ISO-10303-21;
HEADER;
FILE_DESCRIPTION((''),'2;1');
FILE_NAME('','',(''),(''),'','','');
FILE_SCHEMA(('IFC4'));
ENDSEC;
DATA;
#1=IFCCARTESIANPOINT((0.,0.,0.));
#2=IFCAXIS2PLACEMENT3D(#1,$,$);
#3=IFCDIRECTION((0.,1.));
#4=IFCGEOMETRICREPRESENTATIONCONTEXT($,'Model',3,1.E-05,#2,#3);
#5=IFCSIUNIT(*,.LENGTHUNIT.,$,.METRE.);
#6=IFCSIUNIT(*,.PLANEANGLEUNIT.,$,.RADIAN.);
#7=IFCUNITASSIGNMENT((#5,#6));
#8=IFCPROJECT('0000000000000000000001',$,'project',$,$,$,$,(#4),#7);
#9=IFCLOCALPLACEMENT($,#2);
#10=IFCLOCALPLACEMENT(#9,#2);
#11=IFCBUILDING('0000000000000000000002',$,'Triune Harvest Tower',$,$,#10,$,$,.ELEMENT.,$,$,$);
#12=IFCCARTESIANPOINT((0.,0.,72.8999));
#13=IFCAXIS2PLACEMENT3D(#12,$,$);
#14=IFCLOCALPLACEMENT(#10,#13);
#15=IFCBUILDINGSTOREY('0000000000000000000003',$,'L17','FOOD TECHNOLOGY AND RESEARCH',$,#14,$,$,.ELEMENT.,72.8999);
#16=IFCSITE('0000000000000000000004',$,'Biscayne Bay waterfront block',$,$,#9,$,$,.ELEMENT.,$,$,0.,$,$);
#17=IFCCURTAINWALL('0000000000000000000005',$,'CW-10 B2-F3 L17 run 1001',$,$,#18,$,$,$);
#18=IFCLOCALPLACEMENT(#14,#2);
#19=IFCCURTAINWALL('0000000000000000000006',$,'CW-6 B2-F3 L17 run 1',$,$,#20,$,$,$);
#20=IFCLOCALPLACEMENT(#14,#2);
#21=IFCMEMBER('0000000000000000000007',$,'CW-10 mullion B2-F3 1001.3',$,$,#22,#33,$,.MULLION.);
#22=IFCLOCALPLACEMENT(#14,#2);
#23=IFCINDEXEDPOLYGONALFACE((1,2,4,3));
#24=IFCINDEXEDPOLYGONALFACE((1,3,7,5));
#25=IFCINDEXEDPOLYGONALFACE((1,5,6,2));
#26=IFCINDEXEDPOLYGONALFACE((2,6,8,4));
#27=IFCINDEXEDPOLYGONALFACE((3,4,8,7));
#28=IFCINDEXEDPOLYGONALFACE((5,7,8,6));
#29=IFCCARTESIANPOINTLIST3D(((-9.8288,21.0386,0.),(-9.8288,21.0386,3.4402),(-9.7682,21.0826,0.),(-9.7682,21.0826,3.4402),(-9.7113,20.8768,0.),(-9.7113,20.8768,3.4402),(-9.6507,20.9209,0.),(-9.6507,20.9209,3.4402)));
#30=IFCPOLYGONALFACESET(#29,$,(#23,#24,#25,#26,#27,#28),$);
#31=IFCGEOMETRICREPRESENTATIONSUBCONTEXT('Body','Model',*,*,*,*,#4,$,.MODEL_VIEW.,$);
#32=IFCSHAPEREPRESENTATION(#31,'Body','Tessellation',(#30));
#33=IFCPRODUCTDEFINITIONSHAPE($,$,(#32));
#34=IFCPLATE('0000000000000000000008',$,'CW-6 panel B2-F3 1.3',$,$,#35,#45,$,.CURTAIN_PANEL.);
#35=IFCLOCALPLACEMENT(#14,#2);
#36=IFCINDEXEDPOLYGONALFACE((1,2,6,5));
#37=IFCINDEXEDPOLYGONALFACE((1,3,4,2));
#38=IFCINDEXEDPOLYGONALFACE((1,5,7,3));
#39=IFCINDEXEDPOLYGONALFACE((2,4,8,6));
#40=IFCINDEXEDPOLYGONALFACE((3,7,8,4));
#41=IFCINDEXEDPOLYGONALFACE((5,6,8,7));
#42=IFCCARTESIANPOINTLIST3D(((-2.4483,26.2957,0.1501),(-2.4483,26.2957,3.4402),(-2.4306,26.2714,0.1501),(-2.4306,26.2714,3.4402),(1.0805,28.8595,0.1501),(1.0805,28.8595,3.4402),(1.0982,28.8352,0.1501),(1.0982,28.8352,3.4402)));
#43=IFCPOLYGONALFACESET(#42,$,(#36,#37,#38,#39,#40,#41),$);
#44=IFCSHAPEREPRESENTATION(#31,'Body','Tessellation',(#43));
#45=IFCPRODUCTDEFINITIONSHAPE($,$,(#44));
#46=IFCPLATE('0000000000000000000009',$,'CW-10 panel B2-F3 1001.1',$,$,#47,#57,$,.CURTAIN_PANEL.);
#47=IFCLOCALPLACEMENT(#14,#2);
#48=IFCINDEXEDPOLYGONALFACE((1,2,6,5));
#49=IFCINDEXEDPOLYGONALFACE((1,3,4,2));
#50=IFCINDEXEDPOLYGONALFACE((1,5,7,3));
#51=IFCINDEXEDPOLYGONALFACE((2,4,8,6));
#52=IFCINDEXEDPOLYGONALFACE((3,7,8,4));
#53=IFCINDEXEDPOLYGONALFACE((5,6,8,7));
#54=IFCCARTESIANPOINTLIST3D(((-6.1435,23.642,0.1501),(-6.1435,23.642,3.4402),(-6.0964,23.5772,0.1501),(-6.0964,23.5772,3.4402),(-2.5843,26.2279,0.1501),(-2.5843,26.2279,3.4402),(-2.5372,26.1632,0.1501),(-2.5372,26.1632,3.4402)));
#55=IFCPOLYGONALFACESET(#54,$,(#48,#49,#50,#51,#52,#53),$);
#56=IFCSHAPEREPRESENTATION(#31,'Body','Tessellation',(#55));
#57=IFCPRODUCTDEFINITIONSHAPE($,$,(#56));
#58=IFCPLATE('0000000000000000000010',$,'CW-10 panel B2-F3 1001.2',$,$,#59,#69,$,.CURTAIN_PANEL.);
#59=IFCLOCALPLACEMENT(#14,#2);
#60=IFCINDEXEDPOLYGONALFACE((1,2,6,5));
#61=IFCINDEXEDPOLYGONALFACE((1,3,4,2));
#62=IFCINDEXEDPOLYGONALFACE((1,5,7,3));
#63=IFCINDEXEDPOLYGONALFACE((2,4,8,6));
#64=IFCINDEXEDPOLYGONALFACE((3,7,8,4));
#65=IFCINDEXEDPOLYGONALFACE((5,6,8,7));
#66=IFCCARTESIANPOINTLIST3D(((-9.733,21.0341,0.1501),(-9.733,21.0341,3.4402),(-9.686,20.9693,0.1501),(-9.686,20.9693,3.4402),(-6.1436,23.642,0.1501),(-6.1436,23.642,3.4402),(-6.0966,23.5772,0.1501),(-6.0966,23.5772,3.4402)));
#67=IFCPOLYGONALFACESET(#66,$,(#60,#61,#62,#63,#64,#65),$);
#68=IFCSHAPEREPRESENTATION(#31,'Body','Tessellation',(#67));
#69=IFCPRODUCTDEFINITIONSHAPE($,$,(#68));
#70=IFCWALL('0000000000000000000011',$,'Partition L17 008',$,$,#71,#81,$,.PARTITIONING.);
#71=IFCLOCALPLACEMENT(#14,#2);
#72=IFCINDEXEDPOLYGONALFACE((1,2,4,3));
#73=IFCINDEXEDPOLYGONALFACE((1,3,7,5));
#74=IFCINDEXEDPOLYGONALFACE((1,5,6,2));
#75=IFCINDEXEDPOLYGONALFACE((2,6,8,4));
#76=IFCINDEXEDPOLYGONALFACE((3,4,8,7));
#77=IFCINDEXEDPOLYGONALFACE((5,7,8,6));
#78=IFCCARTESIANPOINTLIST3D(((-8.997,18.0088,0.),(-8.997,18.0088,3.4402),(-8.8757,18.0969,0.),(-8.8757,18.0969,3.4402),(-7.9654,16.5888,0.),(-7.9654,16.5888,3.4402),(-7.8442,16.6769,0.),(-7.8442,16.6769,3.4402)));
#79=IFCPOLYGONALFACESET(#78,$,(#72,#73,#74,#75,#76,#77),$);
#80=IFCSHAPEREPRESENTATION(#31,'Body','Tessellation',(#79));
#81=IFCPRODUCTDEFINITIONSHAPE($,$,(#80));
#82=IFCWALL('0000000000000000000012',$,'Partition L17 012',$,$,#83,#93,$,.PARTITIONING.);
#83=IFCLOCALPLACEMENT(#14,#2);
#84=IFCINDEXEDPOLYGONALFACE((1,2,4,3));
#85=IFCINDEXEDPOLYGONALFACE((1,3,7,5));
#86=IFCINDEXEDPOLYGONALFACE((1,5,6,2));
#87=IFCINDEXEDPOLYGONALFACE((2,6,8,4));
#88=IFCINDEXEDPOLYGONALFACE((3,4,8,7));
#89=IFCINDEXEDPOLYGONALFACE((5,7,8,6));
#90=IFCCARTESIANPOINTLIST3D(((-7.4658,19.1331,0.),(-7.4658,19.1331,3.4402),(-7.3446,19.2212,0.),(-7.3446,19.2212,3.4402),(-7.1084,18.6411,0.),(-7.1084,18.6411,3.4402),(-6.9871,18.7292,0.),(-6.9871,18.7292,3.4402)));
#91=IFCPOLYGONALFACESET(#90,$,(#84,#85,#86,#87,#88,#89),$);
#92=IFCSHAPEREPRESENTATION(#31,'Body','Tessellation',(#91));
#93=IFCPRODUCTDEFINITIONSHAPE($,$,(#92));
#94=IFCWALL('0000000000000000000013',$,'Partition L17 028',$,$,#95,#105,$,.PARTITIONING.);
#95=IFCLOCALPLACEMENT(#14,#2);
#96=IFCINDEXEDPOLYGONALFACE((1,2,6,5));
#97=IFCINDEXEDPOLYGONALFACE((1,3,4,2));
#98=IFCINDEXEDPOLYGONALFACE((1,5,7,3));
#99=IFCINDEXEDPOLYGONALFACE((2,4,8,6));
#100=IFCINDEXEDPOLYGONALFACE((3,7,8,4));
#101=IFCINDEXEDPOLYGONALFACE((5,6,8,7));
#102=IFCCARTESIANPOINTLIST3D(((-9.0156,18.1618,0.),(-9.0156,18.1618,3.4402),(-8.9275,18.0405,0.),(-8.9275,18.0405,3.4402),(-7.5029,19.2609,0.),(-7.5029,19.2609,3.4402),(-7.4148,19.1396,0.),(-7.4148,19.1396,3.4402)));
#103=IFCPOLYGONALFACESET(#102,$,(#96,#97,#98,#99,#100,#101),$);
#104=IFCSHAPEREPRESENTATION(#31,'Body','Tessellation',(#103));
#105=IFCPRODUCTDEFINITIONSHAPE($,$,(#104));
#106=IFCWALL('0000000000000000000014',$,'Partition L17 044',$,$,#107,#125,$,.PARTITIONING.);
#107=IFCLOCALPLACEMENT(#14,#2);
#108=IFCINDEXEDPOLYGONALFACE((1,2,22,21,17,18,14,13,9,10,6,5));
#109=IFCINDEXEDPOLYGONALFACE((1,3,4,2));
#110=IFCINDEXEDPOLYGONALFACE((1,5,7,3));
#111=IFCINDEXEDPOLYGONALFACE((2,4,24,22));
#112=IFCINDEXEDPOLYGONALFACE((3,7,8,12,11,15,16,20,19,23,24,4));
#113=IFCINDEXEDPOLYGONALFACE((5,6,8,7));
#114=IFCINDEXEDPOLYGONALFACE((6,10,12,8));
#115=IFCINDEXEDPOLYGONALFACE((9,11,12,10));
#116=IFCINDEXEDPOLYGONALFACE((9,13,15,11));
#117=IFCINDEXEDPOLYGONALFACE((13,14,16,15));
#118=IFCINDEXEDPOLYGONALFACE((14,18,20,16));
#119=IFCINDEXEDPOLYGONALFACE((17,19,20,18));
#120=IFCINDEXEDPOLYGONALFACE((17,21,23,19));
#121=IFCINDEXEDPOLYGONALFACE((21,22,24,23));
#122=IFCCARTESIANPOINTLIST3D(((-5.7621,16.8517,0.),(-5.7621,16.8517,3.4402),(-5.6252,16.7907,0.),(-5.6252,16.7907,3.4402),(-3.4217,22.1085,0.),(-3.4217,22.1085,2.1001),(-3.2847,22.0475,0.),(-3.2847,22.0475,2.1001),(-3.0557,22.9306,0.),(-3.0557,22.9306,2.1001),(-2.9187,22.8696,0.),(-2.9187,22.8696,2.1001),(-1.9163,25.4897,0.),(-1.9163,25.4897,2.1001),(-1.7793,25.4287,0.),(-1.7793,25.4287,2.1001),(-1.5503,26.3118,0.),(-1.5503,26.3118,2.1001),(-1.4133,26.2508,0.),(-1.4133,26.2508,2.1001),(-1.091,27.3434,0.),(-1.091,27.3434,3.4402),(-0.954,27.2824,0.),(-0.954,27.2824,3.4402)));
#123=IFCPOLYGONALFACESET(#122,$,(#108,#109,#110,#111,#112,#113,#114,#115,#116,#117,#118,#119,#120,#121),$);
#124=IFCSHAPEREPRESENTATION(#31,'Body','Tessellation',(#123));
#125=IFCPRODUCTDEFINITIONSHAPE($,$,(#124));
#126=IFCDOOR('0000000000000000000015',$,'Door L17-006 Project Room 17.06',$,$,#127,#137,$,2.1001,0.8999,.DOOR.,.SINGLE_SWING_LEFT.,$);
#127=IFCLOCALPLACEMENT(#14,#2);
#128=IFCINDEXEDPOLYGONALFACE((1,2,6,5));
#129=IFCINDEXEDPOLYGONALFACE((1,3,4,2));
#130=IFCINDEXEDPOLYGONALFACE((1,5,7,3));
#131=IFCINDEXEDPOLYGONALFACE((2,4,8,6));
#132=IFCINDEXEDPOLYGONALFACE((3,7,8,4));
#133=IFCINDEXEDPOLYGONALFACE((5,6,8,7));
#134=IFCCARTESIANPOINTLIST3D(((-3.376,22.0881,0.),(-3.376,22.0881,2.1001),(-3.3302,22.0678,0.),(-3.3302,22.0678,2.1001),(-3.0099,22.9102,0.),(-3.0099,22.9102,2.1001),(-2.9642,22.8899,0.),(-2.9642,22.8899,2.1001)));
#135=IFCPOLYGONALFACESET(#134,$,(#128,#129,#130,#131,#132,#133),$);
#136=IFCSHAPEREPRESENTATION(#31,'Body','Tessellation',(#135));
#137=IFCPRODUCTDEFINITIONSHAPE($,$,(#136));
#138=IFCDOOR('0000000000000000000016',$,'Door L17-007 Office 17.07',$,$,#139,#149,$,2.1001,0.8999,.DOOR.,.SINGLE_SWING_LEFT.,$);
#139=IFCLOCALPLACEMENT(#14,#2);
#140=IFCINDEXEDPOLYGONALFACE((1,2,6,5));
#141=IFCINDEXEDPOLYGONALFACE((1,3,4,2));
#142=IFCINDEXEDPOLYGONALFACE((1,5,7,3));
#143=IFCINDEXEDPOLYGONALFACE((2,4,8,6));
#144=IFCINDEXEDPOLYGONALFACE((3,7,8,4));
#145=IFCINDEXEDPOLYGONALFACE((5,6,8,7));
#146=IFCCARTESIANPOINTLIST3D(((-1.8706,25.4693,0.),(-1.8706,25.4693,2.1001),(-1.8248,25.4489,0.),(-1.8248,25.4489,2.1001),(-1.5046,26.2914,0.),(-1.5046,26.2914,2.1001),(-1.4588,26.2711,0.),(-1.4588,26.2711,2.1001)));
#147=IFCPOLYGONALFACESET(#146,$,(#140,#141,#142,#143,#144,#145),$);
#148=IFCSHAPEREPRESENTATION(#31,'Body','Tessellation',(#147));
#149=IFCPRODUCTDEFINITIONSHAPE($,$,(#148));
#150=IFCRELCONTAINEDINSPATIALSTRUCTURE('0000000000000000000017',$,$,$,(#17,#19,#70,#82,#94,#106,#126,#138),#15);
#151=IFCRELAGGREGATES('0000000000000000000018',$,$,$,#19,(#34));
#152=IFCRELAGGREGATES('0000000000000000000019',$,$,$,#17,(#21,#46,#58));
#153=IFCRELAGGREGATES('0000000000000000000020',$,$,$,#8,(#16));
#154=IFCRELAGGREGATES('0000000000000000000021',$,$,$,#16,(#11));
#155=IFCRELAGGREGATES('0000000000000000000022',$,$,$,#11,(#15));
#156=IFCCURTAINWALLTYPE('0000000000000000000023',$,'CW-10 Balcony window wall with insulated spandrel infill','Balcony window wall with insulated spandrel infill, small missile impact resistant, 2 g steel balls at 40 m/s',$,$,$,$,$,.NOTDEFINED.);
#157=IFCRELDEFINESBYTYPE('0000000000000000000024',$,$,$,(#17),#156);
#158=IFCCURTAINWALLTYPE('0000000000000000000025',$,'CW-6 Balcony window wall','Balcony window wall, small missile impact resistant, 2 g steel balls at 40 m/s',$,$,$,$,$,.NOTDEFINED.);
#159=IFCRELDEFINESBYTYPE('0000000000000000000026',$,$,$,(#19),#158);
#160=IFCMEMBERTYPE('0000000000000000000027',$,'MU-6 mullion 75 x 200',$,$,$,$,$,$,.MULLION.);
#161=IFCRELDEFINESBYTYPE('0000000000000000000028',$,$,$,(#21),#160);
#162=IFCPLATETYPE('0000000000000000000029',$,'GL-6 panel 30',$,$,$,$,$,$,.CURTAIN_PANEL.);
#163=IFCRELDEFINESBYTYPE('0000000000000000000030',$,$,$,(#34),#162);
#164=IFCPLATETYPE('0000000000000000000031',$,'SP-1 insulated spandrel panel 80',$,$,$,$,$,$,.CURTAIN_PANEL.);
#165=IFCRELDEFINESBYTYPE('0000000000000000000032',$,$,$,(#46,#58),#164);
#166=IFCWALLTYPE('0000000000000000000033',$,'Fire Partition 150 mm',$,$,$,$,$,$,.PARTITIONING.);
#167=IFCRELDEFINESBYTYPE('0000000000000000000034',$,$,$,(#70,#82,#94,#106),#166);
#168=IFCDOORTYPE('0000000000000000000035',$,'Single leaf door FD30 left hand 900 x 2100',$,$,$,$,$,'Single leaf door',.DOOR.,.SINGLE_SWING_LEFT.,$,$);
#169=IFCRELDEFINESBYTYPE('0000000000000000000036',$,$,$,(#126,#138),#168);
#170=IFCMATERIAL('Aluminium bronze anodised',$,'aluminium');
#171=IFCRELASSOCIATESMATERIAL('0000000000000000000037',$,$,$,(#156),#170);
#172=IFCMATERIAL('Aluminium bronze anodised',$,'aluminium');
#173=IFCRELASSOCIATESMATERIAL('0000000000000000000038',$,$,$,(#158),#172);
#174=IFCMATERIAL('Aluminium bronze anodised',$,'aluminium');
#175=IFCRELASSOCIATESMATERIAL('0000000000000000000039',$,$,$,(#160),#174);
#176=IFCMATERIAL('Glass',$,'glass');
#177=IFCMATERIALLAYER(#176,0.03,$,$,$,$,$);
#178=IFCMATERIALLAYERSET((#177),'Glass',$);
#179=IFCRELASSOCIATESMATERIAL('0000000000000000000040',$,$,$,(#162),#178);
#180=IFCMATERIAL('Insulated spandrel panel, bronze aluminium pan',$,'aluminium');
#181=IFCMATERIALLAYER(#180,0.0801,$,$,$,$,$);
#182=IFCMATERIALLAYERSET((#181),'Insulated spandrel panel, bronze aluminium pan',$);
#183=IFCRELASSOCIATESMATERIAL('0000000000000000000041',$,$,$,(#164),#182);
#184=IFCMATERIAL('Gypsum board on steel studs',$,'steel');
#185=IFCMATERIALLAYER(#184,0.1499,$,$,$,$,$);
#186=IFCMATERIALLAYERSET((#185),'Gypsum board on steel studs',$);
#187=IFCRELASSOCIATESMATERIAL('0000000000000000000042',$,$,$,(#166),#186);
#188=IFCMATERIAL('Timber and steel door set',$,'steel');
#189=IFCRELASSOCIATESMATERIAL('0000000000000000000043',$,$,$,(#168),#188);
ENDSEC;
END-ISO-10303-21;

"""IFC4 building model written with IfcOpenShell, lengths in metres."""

from ifc_helpers import new_model, si_unit, direction, frame, frame_2d, origin, origin_2d, place, context, subcontext, project, spatial, rectangle, extrude, source, transform, mapped, material, layer, layer_set, material_profile, profile_set, type_object, element, fill, aggregate, save


model = new_model("IFC4")

# Units and contexts
model_context = context("Model", 3, precision=1e-05, world=origin(), true_north=direction((0.0, 1.0)))
body_context = subcontext(model_context, "Body", "Model", "MODEL_VIEW")
ifc_project = project(units=[si_unit("LENGTHUNIT", "METRE"), si_unit("PLANEANGLEUNIT", "RADIAN")], contexts=[model_context])

# Site, building, storey
site_placement = place(None, origin())
site = spatial("IfcSite", under=ifc_project, at=site_placement, Name="Biscayne Bay waterfront block", CompositionType="ELEMENT", RefElevation=0.0)
building_placement = place(site_placement, origin())
building = spatial("IfcBuilding", under=site, at=building_placement, Name="Triune Harvest Tower", CompositionType="ELEMENT")
storey_placement = place(building_placement, frame((0.0, 0.0, 72.8999)))
storey = spatial("IfcBuildingStorey", under=building, at=storey_placement, Name="L17", Description="FOOD TECHNOLOGY AND RESEARCH", CompositionType="ELEMENT", Elevation=72.8999)

# Curtain wall
ifc_material_1 = material(Name="Aluminium bronze anodised", Category="aluminium")
curtain_wall_type_1 = type_object("IfcCurtainWallType", Name="CW-10 Balcony window wall with insulated spandrel infill", Description="Balcony window wall with insulated spandrel infill, small missile impact resistant, 2 g steel balls at 40 m/s", PredefinedType="NOTDEFINED", material=ifc_material_1)
curtain_wall_1_placement = place(storey_placement, origin())
curtain_wall_1 = element("IfcCurtainWall", 1, at=curtain_wall_1_placement, inside=storey, type_object=curtain_wall_type_1, Name="CW-10 B2-F3 L17 run 1001")

# Curtain wall
ifc_material_2 = material(Name="Aluminium bronze anodised", Category="aluminium")
curtain_wall_type_2 = type_object("IfcCurtainWallType", Name="CW-6 Balcony window wall", Description="Balcony window wall, small missile impact resistant, 2 g steel balls at 40 m/s", PredefinedType="NOTDEFINED", material=ifc_material_2)
curtain_wall_2_placement = place(storey_placement, origin())
curtain_wall_2 = element("IfcCurtainWall", 2, at=curtain_wall_2_placement, inside=storey, type_object=curtain_wall_type_2, Name="CW-6 B2-F3 L17 run 1")
ifc_material_3 = material(Name="Aluminium bronze anodised", Category="aluminium")
ifc_material_profile_1 = material_profile(ifc_material_3, rectangle(XDim=0.2, YDim=0.075, at=origin_2d()), Name="MU-6 mullion 75 x 200")
ifc_profile_set_1 = profile_set([ifc_material_profile_1], Name="Aluminium bronze anodised")
member_type_1 = type_object("IfcMemberType", Name="MU-6 mullion 75 x 200", PredefinedType="MULLION", material=ifc_profile_set_1)
shared_shape_1 = source(origin(), body_context, "Body", "SweptSolid", [
    extrude(rectangle(XDim=0.2, YDim=0.075, at=origin_2d()), origin(), (0.0, 0.0, 1.0), 3.4402),
])

# Member
member_1_placement = place(storey_placement, frame((-9.7397, 20.9797, 0.0), z_axis=(0.0, 0.0, 1.0), x_axis=(0.587785, -0.809017, 0.0)))
member_1 = element("IfcMember", 3, at=member_1_placement, type_object=member_type_1, Name="CW-10 mullion B2-F3 1001.3", PredefinedType="MULLION", context=body_context, shape_type="MappedRepresentation", body=[
    mapped(shared_shape_1, transform((0.0, 0.0, 0.0), scale=1.0)),
])

# Plates
ifc_material_4 = material(Name="Glass", Category="glass")
ifc_layer_1 = layer(ifc_material_4, 0.03)
ifc_layer_set_1 = layer_set([ifc_layer_1], Name="Glass")
plate_type_1 = type_object("IfcPlateType", Name="GL-6 panel 30", PredefinedType="CURTAIN_PANEL", material=ifc_layer_set_1)
plate_1_placement = place(storey_placement, frame((-0.675, 27.5654, 0.1501), z_axis=(0.0, 0.0, 1.0), x_axis=(-0.809017, -0.587785, 0.0)))
plate_1 = element("IfcPlate", 4, at=plate_1_placement, type_object=plate_type_1, Name="CW-6 panel B2-F3 1.3", PredefinedType="CURTAIN_PANEL", context=body_context, shape_type="SweptSolid", body=[
    extrude(rectangle(XDim=4.3618, YDim=0.03, at=origin_2d()), origin(), (0.0, 0.0, 1.0), 3.29),
])
aggregate(curtain_wall_2, [plate_1])
ifc_material_5 = material(Name="Insulated spandrel panel, bronze aluminium pan", Category="aluminium")
ifc_layer_2 = layer(ifc_material_5, 0.0801)
ifc_layer_set_2 = layer_set([ifc_layer_2], Name="Insulated spandrel panel, bronze aluminium pan")
plate_type_2 = type_object("IfcPlateType", Name="SP-1 insulated spandrel panel 80", PredefinedType="CURTAIN_PANEL", material=ifc_layer_set_2)
shared_shape_2 = source(origin(), body_context, "Body", "SweptSolid", [
    extrude(rectangle(XDim=4.3994, YDim=0.0801, at=origin_2d()), origin(), (0.0, 0.0, 1.0), 3.29),
])
plate_2_placement = place(storey_placement, frame((-4.3403, 24.9026, 0.1501), z_axis=(0.0, 0.0, 1.0), x_axis=(-0.809017, -0.587785, 0.0)))
plate_2 = element("IfcPlate", 5, at=plate_2_placement, type_object=plate_type_2, Name="CW-10 panel B2-F3 1001.1", PredefinedType="CURTAIN_PANEL", context=body_context, shape_type="MappedRepresentation", body=[
    mapped(shared_shape_2, transform((0.0, 0.0, 0.0), scale=1.0)),
])
shared_shape_3 = source(origin(), body_context, "Body", "SweptSolid", [
    extrude(rectangle(XDim=4.4368, YDim=0.0801, at=origin_2d()), origin(), (0.0, 0.0, 1.0), 3.29),
])
plate_3_placement = place(storey_placement, frame((-7.9148, 22.3057, 0.1501), z_axis=(0.0, 0.0, 1.0), x_axis=(-0.809017, -0.587785, 0.0)))
plate_3 = element("IfcPlate", 6, at=plate_3_placement, type_object=plate_type_2, Name="CW-10 panel B2-F3 1001.2", PredefinedType="CURTAIN_PANEL", context=body_context, shape_type="MappedRepresentation", body=[
    mapped(shared_shape_3, transform((0.0, 0.0, 0.0), scale=1.0)),
])
aggregate(curtain_wall_1, [member_1, plate_2, plate_3])

# Walls
ifc_material_6 = material(Name="Gypsum board on steel studs", Category="steel")
ifc_layer_3 = layer(ifc_material_6, 0.1499)
ifc_layer_set_3 = layer_set([ifc_layer_3], Name="Gypsum board on steel studs")
wall_type_1 = type_object("IfcWallType", Name="Fire Partition 150 mm", PredefinedType="PARTITIONING", material=ifc_layer_set_3)
wall_1_placement = place(storey_placement, frame((-8.9363, 18.0527, 0.0), z_axis=(0.0, 0.0, 1.0), x_axis=(0.587733, -0.809055, 0.0)))
element("IfcWall", 7, at=wall_1_placement, inside=storey, type_object=wall_type_1, Name="Partition L17 008", PredefinedType="PARTITIONING", context=body_context, shape_type="SweptSolid", body=[
    extrude(rectangle(XDim=1.7551, YDim=0.1499, at=frame_2d((0.8774, 0.0))), origin(), (0.0, 0.0, 1.0), 3.4402),
])
wall_2_placement = place(storey_placement, frame((-7.4053, 19.1772, 0.0), z_axis=(0.0, 0.0, 1.0), x_axis=(0.58779, -0.809014, 0.0)))
element("IfcWall", 8, at=wall_2_placement, inside=storey, type_object=wall_type_1, Name="Partition L17 012", PredefinedType="PARTITIONING", context=body_context, shape_type="SweptSolid", body=[
    extrude(rectangle(XDim=0.6082, YDim=0.1499, at=frame_2d((0.3042, 0.0))), origin(), (0.0, 0.0, 1.0), 3.4402),
])
wall_3_placement = place(storey_placement, frame((-8.9717, 18.1011, 0.0), z_axis=(0.0, 0.0, 1.0), x_axis=(0.808996, 0.587815, 0.0)))
element("IfcWall", 9, at=wall_3_placement, inside=storey, type_object=wall_type_1, Name="Partition L17 028", PredefinedType="PARTITIONING", context=body_context, shape_type="SweptSolid", body=[
    extrude(rectangle(XDim=1.8699, YDim=0.1499, at=frame_2d((0.9351, 0.0))), origin(), (0.0, 0.0, 1.0), 3.4402),
])

# Wall, openings, doors
wall_4_placement = place(storey_placement, frame((-5.6936, 16.8213, 0.0), z_axis=(0.0, 0.0, 1.0), x_axis=(0.406732, 0.913547, 0.0)))
wall_4 = element("IfcWall", 10, at=wall_4_placement, inside=storey, type_object=wall_type_1, Name="Partition L17 044", PredefinedType="PARTITIONING", context=body_context, shape_type="SweptSolid", body=[
    extrude(rectangle(XDim=11.4846, YDim=0.1499, at=frame_2d((5.7422, 0.0))), origin(), (0.0, 0.0, 1.0), 3.4402),
])
opening_1_placement = place(wall_4_placement, frame((5.7542, 0.0, 0.0)))
opening_1 = element("IfcOpeningElement", 11, at=opening_1_placement, cuts=wall_4, PredefinedType="OPENING", context=body_context, shape_type="SweptSolid", body=[
    extrude(rectangle(XDim=0.8999, YDim=2.1001, at=frame_2d((0.45, 1.05))), frame((0.0, 0.085, 0.0), z_axis=(0.0, -1.0, 0.0), x_axis=(1.0, 0.0, 0.0)), (0.0, 0.0, 1.0), 0.1699),
])
opening_2_placement = place(wall_4_placement, frame((9.4553, 0.0, 0.0)))
opening_2 = element("IfcOpeningElement", 12, at=opening_2_placement, cuts=wall_4, PredefinedType="OPENING", context=body_context, shape_type="SweptSolid", body=[
    extrude(rectangle(XDim=0.8999, YDim=2.1001, at=frame_2d((0.45, 1.05))), frame((0.0, 0.085, 0.0), z_axis=(0.0, -1.0, 0.0), x_axis=(1.0, 0.0, 0.0)), (0.0, 0.0, 1.0), 0.1699),
])
ifc_material_7 = material(Name="Timber and steel door set", Category="steel")
door_type_1 = type_object("IfcDoorType", Name="Single leaf door FD30 left hand 900 x 2100", ElementType="Single leaf door", OperationType="SINGLE_SWING_LEFT", PredefinedType="DOOR", material=ifc_material_7)
door_1_placement = place(opening_1_placement, origin())
door_1 = element("IfcDoor", 13, at=door_1_placement, inside=storey, type_object=door_type_1, Name="Door L17-006 Project Room 17.06", OperationType="SINGLE_SWING_LEFT", OverallHeight=2.1001, OverallWidth=0.8999, PredefinedType="DOOR", context=body_context, shape_type="SweptSolid", body=[
    extrude(rectangle(XDim=0.8999, YDim=2.1001, at=frame_2d((0.45, 1.05))), frame((0.0, 0.0249, 0.0), z_axis=(0.0, -1.0, 0.0), x_axis=(1.0, 0.0, 0.0)), (0.0, 0.0, 1.0), 0.05),
])
fill(opening_1, door_1)
door_2_placement = place(opening_2_placement, origin())
door_2 = element("IfcDoor", 14, at=door_2_placement, inside=storey, type_object=door_type_1, Name="Door L17-007 Office 17.07", OperationType="SINGLE_SWING_LEFT", OverallHeight=2.1001, OverallWidth=0.8999, PredefinedType="DOOR", context=body_context, shape_type="SweptSolid", body=[
    extrude(rectangle(XDim=0.8999, YDim=2.1001, at=frame_2d((0.45, 1.05))), frame((0.0, 0.0249, 0.0), z_axis=(0.0, -1.0, 0.0), x_axis=(1.0, 0.0, 0.0)), (0.0, 0.0, 1.0), 0.05),
])
fill(opening_2, door_2)

save(model, "model.ifc")
